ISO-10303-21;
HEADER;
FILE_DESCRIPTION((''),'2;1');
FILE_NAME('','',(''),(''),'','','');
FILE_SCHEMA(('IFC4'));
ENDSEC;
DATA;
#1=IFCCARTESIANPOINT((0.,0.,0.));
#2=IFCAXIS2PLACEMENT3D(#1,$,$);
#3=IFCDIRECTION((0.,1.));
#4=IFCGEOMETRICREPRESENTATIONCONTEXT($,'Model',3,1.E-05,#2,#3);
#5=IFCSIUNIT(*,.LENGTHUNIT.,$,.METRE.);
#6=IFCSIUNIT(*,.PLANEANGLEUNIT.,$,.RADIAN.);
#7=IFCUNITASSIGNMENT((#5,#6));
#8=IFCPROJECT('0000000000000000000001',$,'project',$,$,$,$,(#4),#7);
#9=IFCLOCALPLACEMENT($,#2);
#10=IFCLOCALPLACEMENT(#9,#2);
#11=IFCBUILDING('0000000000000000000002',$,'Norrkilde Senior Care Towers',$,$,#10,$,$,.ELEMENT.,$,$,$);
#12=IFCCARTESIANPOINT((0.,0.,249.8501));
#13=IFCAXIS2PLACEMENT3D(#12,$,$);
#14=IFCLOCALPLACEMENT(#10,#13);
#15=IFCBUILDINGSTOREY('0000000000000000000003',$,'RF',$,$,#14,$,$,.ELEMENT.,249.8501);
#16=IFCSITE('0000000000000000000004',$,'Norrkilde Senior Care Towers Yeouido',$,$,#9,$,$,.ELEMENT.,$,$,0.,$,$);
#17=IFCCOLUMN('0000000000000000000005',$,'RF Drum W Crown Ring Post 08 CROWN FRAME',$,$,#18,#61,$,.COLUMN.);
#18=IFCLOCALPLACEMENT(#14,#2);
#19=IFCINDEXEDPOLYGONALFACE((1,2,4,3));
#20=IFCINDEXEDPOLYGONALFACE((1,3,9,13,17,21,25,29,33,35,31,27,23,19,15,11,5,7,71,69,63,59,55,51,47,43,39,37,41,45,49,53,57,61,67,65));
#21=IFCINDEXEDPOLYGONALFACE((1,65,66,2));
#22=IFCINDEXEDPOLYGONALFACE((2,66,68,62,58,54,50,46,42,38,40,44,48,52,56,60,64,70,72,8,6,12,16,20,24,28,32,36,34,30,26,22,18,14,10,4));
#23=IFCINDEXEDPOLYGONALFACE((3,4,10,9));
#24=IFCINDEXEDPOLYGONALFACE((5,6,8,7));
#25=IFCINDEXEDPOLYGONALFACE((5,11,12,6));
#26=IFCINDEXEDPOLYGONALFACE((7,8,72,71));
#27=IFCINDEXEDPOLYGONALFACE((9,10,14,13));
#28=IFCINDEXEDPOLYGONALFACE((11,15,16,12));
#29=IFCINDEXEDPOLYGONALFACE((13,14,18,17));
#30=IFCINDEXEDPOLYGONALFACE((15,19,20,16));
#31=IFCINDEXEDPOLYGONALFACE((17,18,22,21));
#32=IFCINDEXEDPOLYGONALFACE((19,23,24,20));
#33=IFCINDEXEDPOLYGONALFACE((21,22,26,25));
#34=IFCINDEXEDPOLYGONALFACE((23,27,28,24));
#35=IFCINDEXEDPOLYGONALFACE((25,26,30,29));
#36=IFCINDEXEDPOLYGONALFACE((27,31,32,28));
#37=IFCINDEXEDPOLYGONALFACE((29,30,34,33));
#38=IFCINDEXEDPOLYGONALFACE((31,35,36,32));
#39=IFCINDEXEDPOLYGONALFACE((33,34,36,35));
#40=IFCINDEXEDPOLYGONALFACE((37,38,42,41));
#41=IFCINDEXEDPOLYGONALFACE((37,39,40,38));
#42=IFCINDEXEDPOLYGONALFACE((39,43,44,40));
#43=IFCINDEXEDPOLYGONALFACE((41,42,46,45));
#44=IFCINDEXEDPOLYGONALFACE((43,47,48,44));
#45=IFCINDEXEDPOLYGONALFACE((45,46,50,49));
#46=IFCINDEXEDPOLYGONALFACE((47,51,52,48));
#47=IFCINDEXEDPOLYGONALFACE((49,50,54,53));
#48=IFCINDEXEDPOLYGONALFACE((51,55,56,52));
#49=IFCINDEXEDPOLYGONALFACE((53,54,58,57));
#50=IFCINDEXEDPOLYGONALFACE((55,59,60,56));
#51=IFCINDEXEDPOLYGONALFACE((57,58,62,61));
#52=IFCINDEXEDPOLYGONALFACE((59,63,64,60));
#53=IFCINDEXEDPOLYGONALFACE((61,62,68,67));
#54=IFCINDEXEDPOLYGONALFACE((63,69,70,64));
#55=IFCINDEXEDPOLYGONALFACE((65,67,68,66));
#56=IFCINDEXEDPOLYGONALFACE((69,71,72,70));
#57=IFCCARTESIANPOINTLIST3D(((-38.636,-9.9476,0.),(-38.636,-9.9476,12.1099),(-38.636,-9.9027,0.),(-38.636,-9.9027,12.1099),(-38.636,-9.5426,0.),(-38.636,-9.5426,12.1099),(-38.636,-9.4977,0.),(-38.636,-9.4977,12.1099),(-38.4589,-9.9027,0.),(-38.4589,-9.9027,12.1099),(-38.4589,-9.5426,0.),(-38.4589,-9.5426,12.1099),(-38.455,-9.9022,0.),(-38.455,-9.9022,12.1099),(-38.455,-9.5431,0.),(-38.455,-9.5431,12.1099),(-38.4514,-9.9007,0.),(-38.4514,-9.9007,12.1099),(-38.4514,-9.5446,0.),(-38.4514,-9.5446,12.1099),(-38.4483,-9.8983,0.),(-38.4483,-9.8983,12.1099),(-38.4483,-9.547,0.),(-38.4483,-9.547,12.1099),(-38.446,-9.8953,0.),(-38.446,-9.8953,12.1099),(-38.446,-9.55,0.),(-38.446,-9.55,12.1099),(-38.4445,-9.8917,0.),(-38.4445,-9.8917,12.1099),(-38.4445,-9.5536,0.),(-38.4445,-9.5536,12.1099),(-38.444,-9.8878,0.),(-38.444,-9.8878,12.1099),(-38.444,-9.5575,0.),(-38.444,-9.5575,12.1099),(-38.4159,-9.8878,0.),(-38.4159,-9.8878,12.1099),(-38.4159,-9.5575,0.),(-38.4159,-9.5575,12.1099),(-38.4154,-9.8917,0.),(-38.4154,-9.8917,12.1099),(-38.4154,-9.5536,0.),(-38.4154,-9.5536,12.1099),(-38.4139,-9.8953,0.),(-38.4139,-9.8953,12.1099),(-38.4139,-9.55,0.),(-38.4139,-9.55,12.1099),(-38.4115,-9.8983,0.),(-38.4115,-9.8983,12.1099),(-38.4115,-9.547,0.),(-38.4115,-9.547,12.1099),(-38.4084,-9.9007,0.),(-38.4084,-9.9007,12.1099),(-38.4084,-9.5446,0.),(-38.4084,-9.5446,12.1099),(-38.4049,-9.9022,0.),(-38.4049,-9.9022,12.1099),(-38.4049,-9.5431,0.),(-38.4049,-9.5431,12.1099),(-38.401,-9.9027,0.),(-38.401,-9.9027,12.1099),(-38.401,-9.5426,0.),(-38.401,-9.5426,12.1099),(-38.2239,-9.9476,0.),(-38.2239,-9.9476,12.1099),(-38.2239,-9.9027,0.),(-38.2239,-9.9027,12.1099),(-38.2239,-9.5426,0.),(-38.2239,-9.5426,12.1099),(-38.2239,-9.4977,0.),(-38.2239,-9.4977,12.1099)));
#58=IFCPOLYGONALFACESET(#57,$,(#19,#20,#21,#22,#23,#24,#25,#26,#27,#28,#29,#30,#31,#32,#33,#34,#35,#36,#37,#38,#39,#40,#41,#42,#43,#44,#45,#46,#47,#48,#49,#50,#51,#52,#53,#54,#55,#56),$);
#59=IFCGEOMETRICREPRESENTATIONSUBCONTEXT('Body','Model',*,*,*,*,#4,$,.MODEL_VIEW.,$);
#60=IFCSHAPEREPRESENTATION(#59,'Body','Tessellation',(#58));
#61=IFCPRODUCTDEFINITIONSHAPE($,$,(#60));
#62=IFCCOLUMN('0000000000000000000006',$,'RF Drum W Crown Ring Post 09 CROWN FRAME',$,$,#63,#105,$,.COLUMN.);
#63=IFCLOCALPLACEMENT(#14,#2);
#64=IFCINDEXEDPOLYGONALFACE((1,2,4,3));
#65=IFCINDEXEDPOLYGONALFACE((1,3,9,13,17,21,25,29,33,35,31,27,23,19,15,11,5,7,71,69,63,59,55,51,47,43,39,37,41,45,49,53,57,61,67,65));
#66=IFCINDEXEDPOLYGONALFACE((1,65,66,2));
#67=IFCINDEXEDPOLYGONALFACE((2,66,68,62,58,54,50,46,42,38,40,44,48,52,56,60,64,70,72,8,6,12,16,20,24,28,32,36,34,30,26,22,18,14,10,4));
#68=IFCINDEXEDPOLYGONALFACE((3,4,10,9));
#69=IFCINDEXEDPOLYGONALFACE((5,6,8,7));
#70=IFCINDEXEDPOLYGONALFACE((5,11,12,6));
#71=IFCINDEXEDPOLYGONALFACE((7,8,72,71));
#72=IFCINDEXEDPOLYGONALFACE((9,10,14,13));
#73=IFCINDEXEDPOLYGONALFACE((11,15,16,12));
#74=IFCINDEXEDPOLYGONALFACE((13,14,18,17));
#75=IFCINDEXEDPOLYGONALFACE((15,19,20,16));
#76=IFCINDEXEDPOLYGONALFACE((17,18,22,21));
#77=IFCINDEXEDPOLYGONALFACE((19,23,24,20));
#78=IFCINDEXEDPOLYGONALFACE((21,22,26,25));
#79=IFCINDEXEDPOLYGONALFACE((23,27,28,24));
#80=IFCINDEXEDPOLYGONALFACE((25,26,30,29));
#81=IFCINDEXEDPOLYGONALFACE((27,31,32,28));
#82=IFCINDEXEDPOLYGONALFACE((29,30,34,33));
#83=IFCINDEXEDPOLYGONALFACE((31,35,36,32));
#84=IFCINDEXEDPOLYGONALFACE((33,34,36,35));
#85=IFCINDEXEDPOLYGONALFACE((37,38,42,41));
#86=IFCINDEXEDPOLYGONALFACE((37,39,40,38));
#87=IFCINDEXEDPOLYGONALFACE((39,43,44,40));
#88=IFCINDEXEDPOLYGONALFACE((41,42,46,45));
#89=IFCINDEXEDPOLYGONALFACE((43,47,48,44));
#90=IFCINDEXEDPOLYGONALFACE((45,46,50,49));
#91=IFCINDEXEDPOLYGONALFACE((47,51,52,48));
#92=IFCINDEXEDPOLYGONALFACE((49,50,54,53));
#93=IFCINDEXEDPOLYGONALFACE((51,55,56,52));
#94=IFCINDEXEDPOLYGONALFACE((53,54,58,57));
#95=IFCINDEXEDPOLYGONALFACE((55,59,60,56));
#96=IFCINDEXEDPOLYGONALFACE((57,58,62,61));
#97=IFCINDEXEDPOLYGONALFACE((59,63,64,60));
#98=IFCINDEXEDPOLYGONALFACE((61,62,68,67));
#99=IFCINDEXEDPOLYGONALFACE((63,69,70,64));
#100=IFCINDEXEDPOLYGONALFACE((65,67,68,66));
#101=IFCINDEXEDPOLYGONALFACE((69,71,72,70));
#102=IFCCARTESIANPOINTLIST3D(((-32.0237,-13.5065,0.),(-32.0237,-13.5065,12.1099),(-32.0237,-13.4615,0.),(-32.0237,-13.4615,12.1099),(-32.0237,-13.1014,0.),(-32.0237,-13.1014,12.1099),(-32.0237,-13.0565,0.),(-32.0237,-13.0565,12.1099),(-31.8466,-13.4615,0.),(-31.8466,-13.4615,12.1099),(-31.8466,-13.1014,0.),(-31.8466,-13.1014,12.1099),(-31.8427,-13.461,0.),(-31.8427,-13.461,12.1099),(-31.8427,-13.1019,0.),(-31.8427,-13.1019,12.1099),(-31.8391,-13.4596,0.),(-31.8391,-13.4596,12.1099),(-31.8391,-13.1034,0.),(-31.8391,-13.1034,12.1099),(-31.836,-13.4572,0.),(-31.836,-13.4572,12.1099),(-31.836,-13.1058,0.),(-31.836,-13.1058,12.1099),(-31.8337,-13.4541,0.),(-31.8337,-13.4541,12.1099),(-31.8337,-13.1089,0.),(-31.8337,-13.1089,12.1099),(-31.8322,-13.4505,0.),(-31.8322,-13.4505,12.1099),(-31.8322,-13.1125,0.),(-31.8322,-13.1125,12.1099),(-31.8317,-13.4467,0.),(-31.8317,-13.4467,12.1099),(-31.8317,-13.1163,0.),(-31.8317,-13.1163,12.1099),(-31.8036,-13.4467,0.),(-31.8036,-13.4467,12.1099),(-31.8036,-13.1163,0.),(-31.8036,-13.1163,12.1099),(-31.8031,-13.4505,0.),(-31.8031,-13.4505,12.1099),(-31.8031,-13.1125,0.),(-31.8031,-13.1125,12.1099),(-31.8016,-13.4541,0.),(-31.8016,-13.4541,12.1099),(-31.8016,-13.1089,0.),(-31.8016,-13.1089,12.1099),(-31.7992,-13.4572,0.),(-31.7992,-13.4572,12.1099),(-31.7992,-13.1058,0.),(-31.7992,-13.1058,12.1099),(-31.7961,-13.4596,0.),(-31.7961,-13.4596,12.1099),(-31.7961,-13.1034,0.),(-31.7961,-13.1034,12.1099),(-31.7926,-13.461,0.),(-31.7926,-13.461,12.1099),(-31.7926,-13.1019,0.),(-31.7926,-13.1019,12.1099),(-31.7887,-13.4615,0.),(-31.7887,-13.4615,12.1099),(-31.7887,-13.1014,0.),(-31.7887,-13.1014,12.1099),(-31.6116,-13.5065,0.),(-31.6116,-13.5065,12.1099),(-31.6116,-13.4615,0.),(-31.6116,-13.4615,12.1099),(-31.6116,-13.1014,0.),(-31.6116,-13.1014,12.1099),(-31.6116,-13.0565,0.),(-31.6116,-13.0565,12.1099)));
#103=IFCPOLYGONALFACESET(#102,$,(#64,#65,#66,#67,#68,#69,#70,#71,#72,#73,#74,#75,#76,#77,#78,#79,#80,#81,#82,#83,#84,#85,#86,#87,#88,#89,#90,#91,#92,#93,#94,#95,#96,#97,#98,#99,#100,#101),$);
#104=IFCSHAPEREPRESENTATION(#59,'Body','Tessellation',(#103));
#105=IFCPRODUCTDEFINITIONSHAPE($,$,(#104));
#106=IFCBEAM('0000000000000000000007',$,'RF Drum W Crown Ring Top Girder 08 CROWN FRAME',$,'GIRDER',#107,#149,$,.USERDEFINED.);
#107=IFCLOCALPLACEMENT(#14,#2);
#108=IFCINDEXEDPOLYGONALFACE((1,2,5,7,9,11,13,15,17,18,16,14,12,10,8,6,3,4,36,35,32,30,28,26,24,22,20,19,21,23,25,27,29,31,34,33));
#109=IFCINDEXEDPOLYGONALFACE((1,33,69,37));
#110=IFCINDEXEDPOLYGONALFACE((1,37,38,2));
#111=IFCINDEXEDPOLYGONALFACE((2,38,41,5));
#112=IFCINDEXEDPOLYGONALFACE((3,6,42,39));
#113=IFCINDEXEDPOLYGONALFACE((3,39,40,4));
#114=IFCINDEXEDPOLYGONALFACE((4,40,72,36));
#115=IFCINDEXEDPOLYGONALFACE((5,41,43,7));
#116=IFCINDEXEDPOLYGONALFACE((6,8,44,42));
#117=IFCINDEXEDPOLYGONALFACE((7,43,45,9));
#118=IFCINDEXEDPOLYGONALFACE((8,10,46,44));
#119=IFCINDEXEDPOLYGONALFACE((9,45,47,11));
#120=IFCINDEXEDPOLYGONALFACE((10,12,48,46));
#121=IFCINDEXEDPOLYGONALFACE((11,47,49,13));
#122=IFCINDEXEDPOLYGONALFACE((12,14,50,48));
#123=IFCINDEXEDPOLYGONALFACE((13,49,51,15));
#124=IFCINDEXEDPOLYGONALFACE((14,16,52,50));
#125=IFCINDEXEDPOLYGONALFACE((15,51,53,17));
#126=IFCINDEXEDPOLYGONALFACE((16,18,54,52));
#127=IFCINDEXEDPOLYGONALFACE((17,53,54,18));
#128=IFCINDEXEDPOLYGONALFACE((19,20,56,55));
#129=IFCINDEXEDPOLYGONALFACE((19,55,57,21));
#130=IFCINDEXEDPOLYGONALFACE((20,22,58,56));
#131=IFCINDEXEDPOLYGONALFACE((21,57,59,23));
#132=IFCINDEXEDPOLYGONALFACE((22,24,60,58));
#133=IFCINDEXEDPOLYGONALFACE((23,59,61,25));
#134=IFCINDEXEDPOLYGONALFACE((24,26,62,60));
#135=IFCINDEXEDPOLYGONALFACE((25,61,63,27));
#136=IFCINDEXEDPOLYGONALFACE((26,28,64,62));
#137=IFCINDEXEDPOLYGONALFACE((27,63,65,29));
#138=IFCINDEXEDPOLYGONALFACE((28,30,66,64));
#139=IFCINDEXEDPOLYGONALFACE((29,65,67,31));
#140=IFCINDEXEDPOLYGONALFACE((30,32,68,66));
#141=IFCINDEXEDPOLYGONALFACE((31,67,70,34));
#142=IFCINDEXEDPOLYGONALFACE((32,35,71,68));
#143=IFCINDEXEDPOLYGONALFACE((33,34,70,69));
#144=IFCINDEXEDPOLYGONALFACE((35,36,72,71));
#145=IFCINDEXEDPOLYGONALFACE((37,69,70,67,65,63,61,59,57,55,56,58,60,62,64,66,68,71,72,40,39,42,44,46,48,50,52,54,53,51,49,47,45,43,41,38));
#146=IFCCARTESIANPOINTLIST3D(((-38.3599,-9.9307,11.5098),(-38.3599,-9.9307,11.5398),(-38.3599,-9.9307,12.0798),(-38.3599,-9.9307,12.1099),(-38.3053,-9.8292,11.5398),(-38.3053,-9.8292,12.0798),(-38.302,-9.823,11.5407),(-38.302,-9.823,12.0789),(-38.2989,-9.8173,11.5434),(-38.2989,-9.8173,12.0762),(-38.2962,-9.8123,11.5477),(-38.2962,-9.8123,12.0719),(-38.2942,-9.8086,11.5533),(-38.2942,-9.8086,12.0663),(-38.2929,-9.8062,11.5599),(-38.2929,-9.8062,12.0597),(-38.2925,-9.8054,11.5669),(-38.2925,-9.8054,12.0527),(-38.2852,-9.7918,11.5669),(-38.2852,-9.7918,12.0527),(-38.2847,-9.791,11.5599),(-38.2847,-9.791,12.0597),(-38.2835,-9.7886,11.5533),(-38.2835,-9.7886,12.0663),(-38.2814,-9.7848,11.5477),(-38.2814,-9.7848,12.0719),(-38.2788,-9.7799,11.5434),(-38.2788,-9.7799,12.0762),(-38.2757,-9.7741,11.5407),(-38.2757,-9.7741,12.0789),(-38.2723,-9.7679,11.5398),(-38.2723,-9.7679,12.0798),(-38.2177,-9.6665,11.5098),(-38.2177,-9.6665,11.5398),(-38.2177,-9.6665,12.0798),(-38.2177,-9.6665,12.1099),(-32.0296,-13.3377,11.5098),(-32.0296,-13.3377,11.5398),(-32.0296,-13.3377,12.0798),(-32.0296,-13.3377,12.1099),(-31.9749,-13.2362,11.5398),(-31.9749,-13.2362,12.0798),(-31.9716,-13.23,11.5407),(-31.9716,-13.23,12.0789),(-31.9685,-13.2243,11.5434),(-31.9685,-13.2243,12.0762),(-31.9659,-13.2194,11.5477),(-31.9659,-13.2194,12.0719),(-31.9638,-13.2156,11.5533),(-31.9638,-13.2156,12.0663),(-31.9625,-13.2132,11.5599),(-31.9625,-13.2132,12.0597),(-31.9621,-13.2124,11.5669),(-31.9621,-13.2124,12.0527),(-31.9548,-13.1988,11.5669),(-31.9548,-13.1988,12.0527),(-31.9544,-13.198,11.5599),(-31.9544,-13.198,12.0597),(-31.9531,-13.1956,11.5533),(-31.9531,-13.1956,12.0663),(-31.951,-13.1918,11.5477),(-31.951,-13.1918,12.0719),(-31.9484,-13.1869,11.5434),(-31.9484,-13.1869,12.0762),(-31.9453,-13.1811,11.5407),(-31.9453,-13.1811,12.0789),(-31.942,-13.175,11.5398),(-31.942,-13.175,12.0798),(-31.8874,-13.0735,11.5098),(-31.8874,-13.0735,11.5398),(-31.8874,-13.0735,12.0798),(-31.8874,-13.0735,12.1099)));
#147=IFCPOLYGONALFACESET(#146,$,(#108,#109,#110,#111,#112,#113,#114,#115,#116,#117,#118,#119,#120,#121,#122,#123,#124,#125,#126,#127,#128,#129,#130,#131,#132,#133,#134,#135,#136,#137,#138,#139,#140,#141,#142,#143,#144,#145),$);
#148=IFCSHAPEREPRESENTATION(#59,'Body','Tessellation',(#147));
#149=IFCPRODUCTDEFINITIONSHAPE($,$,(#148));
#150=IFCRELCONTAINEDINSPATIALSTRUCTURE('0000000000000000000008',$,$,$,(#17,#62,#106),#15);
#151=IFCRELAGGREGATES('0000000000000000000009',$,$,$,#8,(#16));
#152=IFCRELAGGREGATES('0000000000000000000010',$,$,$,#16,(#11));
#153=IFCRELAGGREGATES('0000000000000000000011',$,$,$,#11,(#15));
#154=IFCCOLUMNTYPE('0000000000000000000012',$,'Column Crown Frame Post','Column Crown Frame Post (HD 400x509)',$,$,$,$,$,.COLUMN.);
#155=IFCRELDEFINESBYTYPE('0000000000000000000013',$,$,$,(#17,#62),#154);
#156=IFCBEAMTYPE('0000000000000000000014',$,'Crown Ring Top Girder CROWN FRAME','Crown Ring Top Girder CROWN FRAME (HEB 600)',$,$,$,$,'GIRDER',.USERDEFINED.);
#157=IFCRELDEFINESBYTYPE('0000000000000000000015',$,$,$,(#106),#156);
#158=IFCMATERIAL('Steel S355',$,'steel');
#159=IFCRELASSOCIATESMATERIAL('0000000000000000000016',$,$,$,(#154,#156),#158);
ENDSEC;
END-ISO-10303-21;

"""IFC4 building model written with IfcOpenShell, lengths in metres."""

from ifc_helpers import new_model, si_unit, direction, frame, origin, origin_2d, place, context, subcontext, project, spatial, i_section, extrude, source, transform, mapped, material, material_profile, profile_set, type_object, type_shapes, element, save


model = new_model("IFC4")

# Units and contexts
model_context = context("Model", 3, precision=1e-05, world=origin(), true_north=direction((0.0, 1.0)))
body_context = subcontext(model_context, "Body", "Model", "MODEL_VIEW")
ifc_project = project(units=[si_unit("LENGTHUNIT", "METRE"), si_unit("PLANEANGLEUNIT", "RADIAN")], contexts=[model_context])

# Site, building, storey
site_placement = place(None, origin())
site = spatial("IfcSite", under=ifc_project, at=site_placement, Name="Norrkilde Senior Care Towers Yeouido", CompositionType="ELEMENT", RefElevation=0.0)
building_placement = place(site_placement, origin())
building = spatial("IfcBuilding", under=site, at=building_placement, Name="Norrkilde Senior Care Towers", CompositionType="ELEMENT")
storey_placement = place(building_placement, frame((0.0, 0.0, 249.8501)))
storey = spatial("IfcBuildingStorey", under=building, at=storey_placement, Name="RF", CompositionType="ELEMENT", Elevation=249.8501)

# Columns
ifc_material_1 = material(Name="Steel S355", Category="steel")
ifc_material_profile_1 = material_profile(ifc_material_1, i_section(OverallWidth=0.4121, OverallDepth=0.45, WebThickness=0.0281, FlangeThickness=0.0449, FilletRadius=0.0149, at=origin_2d()), Name="HD 400x509")
ifc_profile_set_1 = profile_set([ifc_material_profile_1], Name="Steel S355")
column_type = type_object("IfcColumnType", Name="Column Crown Frame Post", Description="Column Crown Frame Post (HD 400x509)", PredefinedType="COLUMN", material=ifc_profile_set_1)
shared_shape_1 = source(origin(), body_context, "Body", "SweptSolid", [
    extrude(i_section(OverallWidth=0.4121, OverallDepth=0.45, WebThickness=0.0281, FlangeThickness=0.0449, FilletRadius=0.0149, at=origin_2d()), origin(), (0.0, 0.0, 1.0), 12.1099),
])
type_shapes(column_type, [shared_shape_1])
for number, where, z_axis, x_axis, name in (
    (1, (-38.4299, -9.7227, 0.0), (0.0, 0.0, 1.0), (1.0, 0.0, 0.0), "RF Drum W Crown Ring Post 08 CROWN FRAME"),
    (2, (-31.8176, -13.2815, 0.0), (0.0, 0.0, 1.0), (1.0, 0.0, 0.0), "RF Drum W Crown Ring Post 09 CROWN FRAME"),
):
    element("IfcColumn", number, at=place(storey_placement, frame(where, z_axis=z_axis, x_axis=x_axis)), inside=storey, type_object=column_type, Name=name, PredefinedType="COLUMN", context=body_context, shape_type="MappedRepresentation", body=[
        mapped(shared_shape_1, transform((0.0, 0.0, 0.0), x_axis=(1.0, 0.0, 0.0), y_axis=(0.0, 1.0, 0.0), z_axis=(0.0, 0.0, 1.0), scale=1.0)),
    ])

# Beam
ifc_material_profile_2 = material_profile(ifc_material_1, i_section(OverallWidth=0.3, OverallDepth=0.6001, WebThickness=0.0154, FlangeThickness=0.03, FilletRadius=0.0271, at=origin_2d()), Name="HEB 600")
ifc_profile_set_2 = profile_set([ifc_material_profile_2], Name="Steel S355")
beam_type_1 = type_object("IfcBeamType", Name="Crown Ring Top Girder CROWN FRAME", Description="Crown Ring Top Girder CROWN FRAME (HEB 600)", ElementType="GIRDER", PredefinedType="USERDEFINED", material=ifc_profile_set_2)
shared_shape_2 = source(origin(), body_context, "Body", "SweptSolid", [
    extrude(i_section(OverallWidth=0.3, OverallDepth=0.6001, WebThickness=0.0154, FlangeThickness=0.03, FilletRadius=0.0271, at=origin_2d()), origin(), (0.0, 0.0, 1.0), 7.189),
])
beam_1_placement = place(storey_placement, frame((-38.2888, -9.7986, 11.8098), z_axis=(0.880567, -0.473922, 0.0), x_axis=(0.473922, 0.880567, 0.0)))
element("IfcBeam", 3, at=beam_1_placement, inside=storey, type_object=beam_type_1, Name="RF Drum W Crown Ring Top Girder 08 CROWN FRAME", ObjectType="GIRDER", PredefinedType="USERDEFINED", context=body_context, shape_type="MappedRepresentation", body=[
    mapped(shared_shape_2, transform((0.0, 0.0, 0.0), x_axis=(1.0, 0.0, 0.0), y_axis=(0.0, 1.0, 0.0), z_axis=(0.0, 0.0, 1.0), scale=1.0)),
])

save(model, "model.ifc")
